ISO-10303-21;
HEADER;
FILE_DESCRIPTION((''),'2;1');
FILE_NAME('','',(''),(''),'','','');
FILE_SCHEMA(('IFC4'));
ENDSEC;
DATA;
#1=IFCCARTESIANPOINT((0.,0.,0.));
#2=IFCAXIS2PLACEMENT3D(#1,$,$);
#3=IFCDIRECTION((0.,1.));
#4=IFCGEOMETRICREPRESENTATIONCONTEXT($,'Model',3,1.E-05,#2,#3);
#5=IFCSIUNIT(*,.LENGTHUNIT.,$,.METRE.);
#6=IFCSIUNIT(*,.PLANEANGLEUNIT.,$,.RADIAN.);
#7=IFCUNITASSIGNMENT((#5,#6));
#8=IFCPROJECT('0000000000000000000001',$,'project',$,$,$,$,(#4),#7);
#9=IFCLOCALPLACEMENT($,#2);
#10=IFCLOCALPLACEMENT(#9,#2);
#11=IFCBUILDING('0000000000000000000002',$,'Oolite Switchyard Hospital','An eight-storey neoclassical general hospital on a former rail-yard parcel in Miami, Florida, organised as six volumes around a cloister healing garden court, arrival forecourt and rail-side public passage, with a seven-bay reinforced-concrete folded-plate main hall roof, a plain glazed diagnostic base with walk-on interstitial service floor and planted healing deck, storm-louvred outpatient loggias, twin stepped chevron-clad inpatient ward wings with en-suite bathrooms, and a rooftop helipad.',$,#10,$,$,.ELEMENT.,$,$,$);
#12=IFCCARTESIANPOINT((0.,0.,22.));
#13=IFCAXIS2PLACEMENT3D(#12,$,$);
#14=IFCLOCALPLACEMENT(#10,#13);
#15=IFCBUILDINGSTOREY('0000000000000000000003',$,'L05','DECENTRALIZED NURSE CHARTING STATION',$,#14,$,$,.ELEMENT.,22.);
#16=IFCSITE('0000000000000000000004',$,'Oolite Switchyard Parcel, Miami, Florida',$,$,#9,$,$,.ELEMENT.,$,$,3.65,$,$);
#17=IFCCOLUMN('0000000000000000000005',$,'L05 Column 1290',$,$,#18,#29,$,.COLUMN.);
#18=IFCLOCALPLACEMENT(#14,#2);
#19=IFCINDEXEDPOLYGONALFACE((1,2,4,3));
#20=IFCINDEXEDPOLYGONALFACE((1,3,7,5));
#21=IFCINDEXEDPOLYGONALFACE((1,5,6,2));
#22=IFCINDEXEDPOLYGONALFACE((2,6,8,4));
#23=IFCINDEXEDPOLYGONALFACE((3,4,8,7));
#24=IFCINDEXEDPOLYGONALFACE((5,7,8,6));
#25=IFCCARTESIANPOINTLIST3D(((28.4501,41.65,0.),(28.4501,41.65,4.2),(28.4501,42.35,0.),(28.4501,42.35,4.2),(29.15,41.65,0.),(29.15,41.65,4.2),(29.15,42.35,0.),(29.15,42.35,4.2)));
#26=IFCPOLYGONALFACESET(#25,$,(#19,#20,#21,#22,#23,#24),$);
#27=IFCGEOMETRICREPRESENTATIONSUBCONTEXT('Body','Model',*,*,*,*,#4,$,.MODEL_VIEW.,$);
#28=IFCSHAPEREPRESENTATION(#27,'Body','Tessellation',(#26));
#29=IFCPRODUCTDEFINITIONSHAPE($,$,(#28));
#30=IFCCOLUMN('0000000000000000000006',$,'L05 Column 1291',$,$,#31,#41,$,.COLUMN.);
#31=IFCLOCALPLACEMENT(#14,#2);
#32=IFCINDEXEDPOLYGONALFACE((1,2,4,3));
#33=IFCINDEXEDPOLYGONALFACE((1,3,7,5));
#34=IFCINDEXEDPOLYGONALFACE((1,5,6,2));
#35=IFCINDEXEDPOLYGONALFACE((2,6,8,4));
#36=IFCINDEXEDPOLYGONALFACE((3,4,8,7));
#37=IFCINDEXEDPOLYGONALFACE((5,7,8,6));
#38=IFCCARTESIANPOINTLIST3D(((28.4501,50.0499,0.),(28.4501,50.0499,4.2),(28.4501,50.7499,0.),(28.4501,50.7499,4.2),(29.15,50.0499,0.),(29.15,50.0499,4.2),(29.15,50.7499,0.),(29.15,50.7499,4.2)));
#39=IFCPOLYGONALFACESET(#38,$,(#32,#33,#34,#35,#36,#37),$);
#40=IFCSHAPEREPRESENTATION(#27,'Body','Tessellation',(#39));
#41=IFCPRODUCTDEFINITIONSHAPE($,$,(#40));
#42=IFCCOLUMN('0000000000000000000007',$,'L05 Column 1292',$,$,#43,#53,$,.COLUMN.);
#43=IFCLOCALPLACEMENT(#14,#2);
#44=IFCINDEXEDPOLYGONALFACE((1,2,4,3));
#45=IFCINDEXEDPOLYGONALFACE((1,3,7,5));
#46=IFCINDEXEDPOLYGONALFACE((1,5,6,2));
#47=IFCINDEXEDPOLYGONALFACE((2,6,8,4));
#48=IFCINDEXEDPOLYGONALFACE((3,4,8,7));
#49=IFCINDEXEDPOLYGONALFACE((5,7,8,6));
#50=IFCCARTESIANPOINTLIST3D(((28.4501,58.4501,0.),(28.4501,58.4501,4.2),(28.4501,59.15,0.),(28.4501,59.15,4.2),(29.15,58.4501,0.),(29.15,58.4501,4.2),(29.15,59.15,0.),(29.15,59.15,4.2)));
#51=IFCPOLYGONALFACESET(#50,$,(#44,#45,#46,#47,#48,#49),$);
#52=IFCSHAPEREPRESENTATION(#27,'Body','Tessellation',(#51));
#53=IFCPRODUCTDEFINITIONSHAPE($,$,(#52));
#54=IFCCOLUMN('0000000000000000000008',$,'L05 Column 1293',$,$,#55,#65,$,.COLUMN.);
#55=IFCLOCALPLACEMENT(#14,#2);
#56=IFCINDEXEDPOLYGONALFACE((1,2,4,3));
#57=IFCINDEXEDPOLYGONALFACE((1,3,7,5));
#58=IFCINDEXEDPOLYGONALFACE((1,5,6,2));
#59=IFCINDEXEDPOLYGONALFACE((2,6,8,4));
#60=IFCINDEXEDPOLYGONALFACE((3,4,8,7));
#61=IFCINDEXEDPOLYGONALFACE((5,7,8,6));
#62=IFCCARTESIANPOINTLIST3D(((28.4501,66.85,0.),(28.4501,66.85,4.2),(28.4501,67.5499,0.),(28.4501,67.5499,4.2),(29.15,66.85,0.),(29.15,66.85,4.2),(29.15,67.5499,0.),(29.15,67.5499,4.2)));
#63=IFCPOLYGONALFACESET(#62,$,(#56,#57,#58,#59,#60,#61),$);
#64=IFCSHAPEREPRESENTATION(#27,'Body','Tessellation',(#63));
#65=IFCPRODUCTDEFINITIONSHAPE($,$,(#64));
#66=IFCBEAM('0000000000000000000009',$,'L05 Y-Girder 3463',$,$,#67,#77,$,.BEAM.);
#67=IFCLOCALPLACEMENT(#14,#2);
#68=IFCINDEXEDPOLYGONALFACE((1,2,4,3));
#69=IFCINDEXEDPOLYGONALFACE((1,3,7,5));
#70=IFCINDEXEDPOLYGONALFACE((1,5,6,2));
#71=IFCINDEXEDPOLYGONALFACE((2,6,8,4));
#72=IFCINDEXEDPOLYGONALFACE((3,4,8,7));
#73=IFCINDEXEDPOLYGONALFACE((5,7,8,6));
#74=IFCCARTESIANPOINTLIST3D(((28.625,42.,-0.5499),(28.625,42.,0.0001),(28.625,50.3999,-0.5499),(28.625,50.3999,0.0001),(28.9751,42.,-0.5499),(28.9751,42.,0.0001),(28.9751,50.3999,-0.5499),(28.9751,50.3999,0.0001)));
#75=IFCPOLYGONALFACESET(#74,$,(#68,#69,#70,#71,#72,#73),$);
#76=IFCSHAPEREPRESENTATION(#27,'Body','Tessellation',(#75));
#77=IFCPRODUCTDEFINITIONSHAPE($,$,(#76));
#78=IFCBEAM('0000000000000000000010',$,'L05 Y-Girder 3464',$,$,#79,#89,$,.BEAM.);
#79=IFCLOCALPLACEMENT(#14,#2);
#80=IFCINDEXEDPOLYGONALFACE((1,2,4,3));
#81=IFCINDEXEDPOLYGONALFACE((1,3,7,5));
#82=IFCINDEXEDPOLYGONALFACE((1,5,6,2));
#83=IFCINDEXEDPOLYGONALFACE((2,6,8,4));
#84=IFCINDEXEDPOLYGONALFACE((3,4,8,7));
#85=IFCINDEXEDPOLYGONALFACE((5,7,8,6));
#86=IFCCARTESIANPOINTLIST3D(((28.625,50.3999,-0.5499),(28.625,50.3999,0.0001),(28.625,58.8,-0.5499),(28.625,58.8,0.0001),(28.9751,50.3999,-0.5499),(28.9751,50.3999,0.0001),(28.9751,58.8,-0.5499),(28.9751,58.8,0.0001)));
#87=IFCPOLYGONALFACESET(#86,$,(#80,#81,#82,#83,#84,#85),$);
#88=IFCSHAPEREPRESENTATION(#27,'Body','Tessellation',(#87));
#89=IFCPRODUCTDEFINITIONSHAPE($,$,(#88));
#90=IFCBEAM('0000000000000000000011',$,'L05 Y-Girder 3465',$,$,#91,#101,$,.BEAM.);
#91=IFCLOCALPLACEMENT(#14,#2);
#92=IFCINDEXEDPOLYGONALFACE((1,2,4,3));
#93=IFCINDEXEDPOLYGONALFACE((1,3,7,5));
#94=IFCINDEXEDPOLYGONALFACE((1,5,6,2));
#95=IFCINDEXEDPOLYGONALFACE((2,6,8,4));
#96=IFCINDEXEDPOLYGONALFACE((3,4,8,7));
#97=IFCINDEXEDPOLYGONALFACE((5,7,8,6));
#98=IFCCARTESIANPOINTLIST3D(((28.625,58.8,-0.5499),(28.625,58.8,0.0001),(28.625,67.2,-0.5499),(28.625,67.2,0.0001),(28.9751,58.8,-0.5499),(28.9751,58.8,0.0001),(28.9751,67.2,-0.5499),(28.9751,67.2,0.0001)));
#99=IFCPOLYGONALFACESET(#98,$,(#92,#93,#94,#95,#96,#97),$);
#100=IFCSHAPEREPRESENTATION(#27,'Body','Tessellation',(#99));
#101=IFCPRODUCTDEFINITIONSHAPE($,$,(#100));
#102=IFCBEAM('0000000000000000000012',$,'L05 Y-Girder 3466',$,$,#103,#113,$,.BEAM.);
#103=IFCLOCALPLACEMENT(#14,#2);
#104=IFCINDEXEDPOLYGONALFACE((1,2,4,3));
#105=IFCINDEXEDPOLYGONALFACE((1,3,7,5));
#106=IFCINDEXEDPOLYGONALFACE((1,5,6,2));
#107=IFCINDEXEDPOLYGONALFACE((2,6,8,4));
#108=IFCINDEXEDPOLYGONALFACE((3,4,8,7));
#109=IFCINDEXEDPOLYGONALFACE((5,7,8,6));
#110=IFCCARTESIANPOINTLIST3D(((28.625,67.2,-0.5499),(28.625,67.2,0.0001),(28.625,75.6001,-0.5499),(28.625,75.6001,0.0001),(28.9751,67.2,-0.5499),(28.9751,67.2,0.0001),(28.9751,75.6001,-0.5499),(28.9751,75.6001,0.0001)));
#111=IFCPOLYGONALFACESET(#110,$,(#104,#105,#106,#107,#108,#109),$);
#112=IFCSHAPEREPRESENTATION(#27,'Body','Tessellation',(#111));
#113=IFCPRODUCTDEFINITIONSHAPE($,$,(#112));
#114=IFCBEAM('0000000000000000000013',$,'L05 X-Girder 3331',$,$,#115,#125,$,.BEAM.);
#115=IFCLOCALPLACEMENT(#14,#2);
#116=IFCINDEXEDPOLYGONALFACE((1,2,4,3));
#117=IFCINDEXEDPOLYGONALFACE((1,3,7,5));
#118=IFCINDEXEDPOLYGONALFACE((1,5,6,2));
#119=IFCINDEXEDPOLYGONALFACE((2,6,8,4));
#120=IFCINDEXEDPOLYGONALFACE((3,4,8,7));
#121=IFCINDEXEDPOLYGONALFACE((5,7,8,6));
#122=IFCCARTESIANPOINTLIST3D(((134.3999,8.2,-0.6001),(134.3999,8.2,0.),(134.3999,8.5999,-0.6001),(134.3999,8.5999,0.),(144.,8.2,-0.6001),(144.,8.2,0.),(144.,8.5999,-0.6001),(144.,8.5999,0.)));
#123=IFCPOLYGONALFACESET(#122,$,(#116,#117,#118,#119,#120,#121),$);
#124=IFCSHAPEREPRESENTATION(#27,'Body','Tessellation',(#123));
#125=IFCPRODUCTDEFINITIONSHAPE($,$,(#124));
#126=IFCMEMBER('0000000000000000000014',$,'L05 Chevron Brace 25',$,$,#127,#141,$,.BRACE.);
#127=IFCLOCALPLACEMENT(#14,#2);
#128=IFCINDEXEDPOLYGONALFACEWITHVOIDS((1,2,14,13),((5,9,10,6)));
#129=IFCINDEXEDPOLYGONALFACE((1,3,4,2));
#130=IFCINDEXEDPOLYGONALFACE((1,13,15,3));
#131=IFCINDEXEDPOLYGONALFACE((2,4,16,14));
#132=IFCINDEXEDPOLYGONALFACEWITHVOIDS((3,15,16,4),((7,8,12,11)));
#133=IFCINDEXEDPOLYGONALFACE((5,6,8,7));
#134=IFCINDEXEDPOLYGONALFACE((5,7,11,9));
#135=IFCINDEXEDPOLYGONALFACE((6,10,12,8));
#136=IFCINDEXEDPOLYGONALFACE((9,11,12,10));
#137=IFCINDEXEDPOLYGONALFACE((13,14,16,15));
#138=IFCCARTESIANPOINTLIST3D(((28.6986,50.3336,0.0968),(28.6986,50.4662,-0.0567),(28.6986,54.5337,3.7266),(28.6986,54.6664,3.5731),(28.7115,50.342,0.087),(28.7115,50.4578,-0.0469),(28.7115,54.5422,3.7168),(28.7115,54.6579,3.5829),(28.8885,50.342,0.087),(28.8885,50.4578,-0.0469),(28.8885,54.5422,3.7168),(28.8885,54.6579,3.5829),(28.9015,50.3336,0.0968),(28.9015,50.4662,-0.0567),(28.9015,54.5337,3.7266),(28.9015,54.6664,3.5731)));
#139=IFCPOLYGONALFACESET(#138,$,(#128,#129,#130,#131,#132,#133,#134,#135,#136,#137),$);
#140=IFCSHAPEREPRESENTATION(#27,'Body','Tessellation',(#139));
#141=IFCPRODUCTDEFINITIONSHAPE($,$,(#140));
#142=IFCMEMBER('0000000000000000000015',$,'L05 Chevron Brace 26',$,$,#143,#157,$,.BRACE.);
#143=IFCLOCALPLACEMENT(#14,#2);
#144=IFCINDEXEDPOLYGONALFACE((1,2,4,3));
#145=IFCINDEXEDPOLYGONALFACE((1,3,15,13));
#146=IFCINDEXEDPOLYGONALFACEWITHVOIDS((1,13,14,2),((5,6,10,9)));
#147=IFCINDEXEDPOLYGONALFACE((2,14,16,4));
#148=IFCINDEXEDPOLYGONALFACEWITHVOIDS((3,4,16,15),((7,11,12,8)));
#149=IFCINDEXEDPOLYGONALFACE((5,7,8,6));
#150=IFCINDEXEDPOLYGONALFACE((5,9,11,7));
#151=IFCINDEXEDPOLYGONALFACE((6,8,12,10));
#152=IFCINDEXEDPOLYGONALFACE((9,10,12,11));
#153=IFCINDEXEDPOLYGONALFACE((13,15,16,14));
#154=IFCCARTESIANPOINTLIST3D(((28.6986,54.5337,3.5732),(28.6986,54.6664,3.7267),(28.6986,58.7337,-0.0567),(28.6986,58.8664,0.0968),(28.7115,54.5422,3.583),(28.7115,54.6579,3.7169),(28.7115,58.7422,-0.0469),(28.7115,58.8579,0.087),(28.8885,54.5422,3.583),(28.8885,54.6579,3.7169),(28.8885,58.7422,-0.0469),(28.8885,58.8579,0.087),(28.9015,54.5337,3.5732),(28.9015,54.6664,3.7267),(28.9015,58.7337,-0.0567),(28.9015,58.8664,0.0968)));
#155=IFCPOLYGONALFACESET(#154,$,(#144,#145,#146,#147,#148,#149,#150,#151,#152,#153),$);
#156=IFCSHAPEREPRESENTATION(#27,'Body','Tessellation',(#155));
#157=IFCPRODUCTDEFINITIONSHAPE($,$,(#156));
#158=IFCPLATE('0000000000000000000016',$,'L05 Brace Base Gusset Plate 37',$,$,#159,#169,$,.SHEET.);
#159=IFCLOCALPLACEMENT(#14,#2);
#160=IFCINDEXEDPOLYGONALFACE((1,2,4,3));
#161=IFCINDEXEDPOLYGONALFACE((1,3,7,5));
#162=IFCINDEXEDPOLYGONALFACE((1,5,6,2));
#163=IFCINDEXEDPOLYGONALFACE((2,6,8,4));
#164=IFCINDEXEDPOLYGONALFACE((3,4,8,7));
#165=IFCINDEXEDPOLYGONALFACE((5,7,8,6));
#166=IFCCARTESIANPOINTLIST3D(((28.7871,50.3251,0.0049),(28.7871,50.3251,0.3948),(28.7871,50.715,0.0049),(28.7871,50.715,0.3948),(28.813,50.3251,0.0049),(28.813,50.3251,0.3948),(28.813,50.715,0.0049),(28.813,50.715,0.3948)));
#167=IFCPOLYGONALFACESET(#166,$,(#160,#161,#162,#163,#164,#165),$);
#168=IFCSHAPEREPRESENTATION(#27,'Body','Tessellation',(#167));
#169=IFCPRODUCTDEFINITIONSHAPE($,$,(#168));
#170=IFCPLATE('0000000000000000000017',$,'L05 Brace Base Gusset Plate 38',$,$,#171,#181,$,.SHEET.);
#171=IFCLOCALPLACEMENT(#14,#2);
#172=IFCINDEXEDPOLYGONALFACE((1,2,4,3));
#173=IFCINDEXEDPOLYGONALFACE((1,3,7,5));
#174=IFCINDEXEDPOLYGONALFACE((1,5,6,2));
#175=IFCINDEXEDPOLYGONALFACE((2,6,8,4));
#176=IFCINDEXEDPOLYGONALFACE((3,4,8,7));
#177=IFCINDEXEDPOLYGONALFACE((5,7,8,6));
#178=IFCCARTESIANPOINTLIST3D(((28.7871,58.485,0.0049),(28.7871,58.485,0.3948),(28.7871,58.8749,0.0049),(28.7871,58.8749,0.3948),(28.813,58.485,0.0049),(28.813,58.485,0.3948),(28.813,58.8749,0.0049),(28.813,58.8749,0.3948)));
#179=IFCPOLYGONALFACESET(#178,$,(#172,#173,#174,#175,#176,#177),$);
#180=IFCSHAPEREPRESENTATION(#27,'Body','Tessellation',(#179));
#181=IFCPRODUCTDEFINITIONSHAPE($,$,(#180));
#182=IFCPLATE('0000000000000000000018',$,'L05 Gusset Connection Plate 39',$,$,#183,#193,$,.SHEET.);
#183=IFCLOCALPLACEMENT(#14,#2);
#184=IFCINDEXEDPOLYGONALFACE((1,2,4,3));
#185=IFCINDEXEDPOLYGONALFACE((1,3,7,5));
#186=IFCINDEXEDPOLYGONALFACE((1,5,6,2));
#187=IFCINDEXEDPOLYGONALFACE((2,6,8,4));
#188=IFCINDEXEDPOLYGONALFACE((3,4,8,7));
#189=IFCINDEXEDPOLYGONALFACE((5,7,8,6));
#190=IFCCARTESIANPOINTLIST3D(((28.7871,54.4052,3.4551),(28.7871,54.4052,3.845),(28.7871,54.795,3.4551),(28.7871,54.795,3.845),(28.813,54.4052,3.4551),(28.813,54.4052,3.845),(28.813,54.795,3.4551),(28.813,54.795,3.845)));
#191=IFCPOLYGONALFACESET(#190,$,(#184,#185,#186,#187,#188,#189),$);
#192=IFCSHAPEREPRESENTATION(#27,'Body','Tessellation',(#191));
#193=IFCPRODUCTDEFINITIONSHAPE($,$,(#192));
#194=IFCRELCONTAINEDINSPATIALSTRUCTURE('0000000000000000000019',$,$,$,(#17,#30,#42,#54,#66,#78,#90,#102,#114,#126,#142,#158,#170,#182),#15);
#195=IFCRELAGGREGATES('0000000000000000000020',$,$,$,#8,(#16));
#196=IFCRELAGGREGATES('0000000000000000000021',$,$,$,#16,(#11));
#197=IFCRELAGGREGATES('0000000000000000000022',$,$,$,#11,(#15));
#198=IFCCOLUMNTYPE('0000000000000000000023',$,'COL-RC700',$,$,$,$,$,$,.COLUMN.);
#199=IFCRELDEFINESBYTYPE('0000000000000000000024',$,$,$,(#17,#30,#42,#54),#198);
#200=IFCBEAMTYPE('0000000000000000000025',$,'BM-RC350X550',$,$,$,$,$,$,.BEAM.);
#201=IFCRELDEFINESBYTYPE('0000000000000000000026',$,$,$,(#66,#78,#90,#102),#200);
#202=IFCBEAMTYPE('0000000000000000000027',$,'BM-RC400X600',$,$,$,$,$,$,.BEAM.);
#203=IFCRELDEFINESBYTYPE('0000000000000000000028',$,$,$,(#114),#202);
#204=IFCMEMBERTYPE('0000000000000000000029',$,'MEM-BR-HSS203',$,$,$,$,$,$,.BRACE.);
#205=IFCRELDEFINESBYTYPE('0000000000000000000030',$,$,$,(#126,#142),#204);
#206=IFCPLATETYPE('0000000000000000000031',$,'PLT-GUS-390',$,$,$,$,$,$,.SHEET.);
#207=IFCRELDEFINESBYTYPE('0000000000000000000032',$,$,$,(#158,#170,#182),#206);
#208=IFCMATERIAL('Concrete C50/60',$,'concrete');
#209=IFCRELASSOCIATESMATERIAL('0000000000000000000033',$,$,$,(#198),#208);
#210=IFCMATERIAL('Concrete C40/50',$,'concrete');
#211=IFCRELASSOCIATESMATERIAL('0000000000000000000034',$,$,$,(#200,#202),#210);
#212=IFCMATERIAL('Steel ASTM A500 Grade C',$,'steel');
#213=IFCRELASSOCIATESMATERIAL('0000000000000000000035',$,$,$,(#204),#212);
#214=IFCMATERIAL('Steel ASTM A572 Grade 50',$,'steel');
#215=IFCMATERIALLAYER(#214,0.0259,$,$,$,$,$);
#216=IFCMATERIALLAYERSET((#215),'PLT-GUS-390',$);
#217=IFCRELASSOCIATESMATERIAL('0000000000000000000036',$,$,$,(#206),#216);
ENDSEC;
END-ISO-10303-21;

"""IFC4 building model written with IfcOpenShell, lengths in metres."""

from ifc_helpers import new_model, si_unit, direction, frame, origin, origin_2d, place, context, subcontext, project, spatial, rectangle, hollow_rectangle, extrude, material, layer, layer_set, material_profile, profile_set, type_object, element, save


model = new_model("IFC4")

# Units and contexts
model_context = context("Model", 3, precision=1e-05, world=origin(), true_north=direction((0.0, 1.0)))
body_context = subcontext(model_context, "Body", "Model", "MODEL_VIEW")
ifc_project = project(units=[si_unit("LENGTHUNIT", "METRE"), si_unit("PLANEANGLEUNIT", "RADIAN")], contexts=[model_context])

# Site, building, storey
site_placement = place(None, origin())
site = spatial("IfcSite", under=ifc_project, at=site_placement, Name="Oolite Switchyard Parcel, Miami, Florida", CompositionType="ELEMENT", RefElevation=3.65)
building_placement = place(site_placement, origin())
building = spatial("IfcBuilding", under=site, at=building_placement, Name="Oolite Switchyard Hospital", Description="An eight-storey neoclassical general hospital on a former rail-yard parcel in Miami, Florida, organised as six volumes around a cloister healing garden court, arrival forecourt and rail-side public passage, with a seven-bay reinforced-concrete folded-plate main hall roof, a plain glazed diagnostic base with walk-on interstitial service floor and planted healing deck, storm-louvred outpatient loggias, twin stepped chevron-clad inpatient ward wings with en-suite bathrooms, and a rooftop helipad.", CompositionType="ELEMENT")
storey_placement = place(building_placement, frame((0.0, 0.0, 22.0)))
storey = spatial("IfcBuildingStorey", under=building, at=storey_placement, Name="L05", Description="DECENTRALIZED NURSE CHARTING STATION", CompositionType="ELEMENT", Elevation=22.0)

# Columns
ifc_material_1 = material(Name="Concrete C50/60", Category="concrete")
ifc_material_profile_1 = material_profile(ifc_material_1, rectangle(XDim=0.7, YDim=0.7, at=origin_2d()), Name="RC700X700")
ifc_profile_set_1 = profile_set([ifc_material_profile_1], Name="Concrete C50/60")
column_type = type_object("IfcColumnType", Name="COL-RC700", PredefinedType="COLUMN", material=ifc_profile_set_1)
for number, where, z_axis, x_axis, name in (
    (1, (28.8, 42.0, 0.0), (0.0, 0.0, 1.0), (1.0, 0.0, 0.0), "L05 Column 1290"),
    (2, (28.8, 50.3999, 0.0), (0.0, 0.0, 1.0), (1.0, 0.0, 0.0), "L05 Column 1291"),
    (3, (28.8, 58.8, 0.0), (0.0, 0.0, 1.0), (1.0, 0.0, 0.0), "L05 Column 1292"),
    (4, (28.8, 67.2, 0.0), (0.0, 0.0, 1.0), (1.0, 0.0, 0.0), "L05 Column 1293"),
):
    element("IfcColumn", number, at=place(storey_placement, frame(where, z_axis=z_axis, x_axis=x_axis)), inside=storey, type_object=column_type, Name=name, PredefinedType="COLUMN", context=body_context, shape_type="SweptSolid", body=[
        extrude(rectangle(XDim=0.7, YDim=0.7, at=origin_2d()), origin(), (0.0, 0.0, 1.0), 4.2),
    ])

# Beams
ifc_material_2 = material(Name="Concrete C40/50", Category="concrete")
ifc_material_profile_2 = material_profile(ifc_material_2, rectangle(XDim=0.3501, YDim=0.55, at=origin_2d()), Name="RCB350X550")
ifc_profile_set_2 = profile_set([ifc_material_profile_2], Name="Concrete C40/50")
beam_type_1 = type_object("IfcBeamType", Name="BM-RC350X550", PredefinedType="BEAM", material=ifc_profile_set_2)
beam_1_placement = place(storey_placement, frame((28.8, 42.0, -0.2749), z_axis=(0.0, 1.0, 0.0), x_axis=(-1.0, 0.0, 0.0)))
element("IfcBeam", 5, at=beam_1_placement, inside=storey, type_object=beam_type_1, Name="L05 Y-Girder 3463", PredefinedType="BEAM", context=body_context, shape_type="SweptSolid", body=[
    extrude(rectangle(XDim=0.3501, YDim=0.55, at=origin_2d()), origin(), (0.0, 0.0, 1.0), 8.3999),
])
beam_2_placement = place(storey_placement, frame((28.8, 50.3999, -0.2749), z_axis=(0.0, 1.0, 0.0), x_axis=(-1.0, 0.0, 0.0)))
element("IfcBeam", 6, at=beam_2_placement, inside=storey, type_object=beam_type_1, Name="L05 Y-Girder 3464", PredefinedType="BEAM", context=body_context, shape_type="SweptSolid", body=[
    extrude(rectangle(XDim=0.3501, YDim=0.55, at=origin_2d()), origin(), (0.0, 0.0, 1.0), 8.4001),
])
beam_3_placement = place(storey_placement, frame((28.8, 58.8, -0.2749), z_axis=(0.0, 1.0, 0.0), x_axis=(-1.0, 0.0, 0.0)))
element("IfcBeam", 7, at=beam_3_placement, inside=storey, type_object=beam_type_1, Name="L05 Y-Girder 3465", PredefinedType="BEAM", context=body_context, shape_type="SweptSolid", body=[
    extrude(rectangle(XDim=0.3501, YDim=0.55, at=origin_2d()), origin(), (0.0, 0.0, 1.0), 8.3999),
])
beam_4_placement = place(storey_placement, frame((28.8, 67.2, -0.2749), z_axis=(0.0, 1.0, 0.0), x_axis=(-1.0, 0.0, 0.0)))
element("IfcBeam", 8, at=beam_4_placement, inside=storey, type_object=beam_type_1, Name="L05 Y-Girder 3466", PredefinedType="BEAM", context=body_context, shape_type="SweptSolid", body=[
    extrude(rectangle(XDim=0.3501, YDim=0.55, at=origin_2d()), origin(), (0.0, 0.0, 1.0), 8.4001),
])
ifc_material_profile_3 = material_profile(ifc_material_2, rectangle(XDim=0.3999, YDim=0.6001, at=origin_2d()), Name="RCB400X600")
ifc_profile_set_3 = profile_set([ifc_material_profile_3], Name="Concrete C40/50")
beam_type_2 = type_object("IfcBeamType", Name="BM-RC400X600", PredefinedType="BEAM", material=ifc_profile_set_3)
beam_5_placement = place(storey_placement, frame((134.3999, 8.3999, -0.3), z_axis=(1.0, 0.0, 0.0), x_axis=(0.0, 1.0, 0.0)))
element("IfcBeam", 9, at=beam_5_placement, inside=storey, type_object=beam_type_2, Name="L05 X-Girder 3331", PredefinedType="BEAM", context=body_context, shape_type="SweptSolid", body=[
    extrude(rectangle(XDim=0.3999, YDim=0.6001, at=origin_2d()), origin(), (0.0, 0.0, 1.0), 9.6001),
])

# Members
ifc_material_3 = material(Name="Steel ASTM A500 Grade C", Category="steel")
ifc_material_profile_4 = material_profile(ifc_material_3, hollow_rectangle(XDim=0.2029, YDim=0.2029, WallThickness=0.0129, at=origin_2d()), Name="HSS203X203X13")
ifc_profile_set_4 = profile_set([ifc_material_profile_4], Name="Steel ASTM A500 Grade C")
member_type = type_object("IfcMemberType", Name="MEM-BR-HSS203", PredefinedType="BRACE", material=ifc_profile_set_4)
for number, where, z_axis, x_axis, name in (
    (10, (28.8, 50.3999, 0.02), (0.0, 0.756605, 0.653872), (-1.0, 0.0, 0.0), "L05 Chevron Brace 25"),
    (11, (28.8, 58.8, 0.02), (0.0, -0.756587, 0.653893), (1.0, 0.0, 0.0), "L05 Chevron Brace 26"),
):
    element("IfcMember", number, at=place(storey_placement, frame(where, z_axis=z_axis, x_axis=x_axis)), inside=storey, type_object=member_type, Name=name, PredefinedType="BRACE", context=body_context, shape_type="SweptSolid", body=[
        extrude(hollow_rectangle(XDim=0.2029, YDim=0.2029, WallThickness=0.0129, at=origin_2d()), origin(), (0.0, 0.0, 1.0), 5.5513),
    ])

# Plates
ifc_material_4 = material(Name="Steel ASTM A572 Grade 50", Category="steel")
ifc_layer_1 = layer(ifc_material_4, 0.0259)
ifc_layer_set_1 = layer_set([ifc_layer_1], Name="PLT-GUS-390")
plate_type = type_object("IfcPlateType", Name="PLT-GUS-390", PredefinedType="SHEET", material=ifc_layer_set_1)
for number, where, z_axis, x_axis, name in (
    (12, (28.8, 50.52, 0.0049), (0.0, 0.0, 1.0), (0.0, 1.0, 0.0), "L05 Brace Base Gusset Plate 37"),
    (13, (28.8, 58.6799, 0.0049), (0.0, 0.0, 1.0), (0.0, 1.0, 0.0), "L05 Brace Base Gusset Plate 38"),
    (14, (28.8, 54.6001, 3.4551), (0.0, 0.0, 1.0), (0.0, 1.0, 0.0), "L05 Gusset Connection Plate 39"),
):
    element("IfcPlate", number, at=place(storey_placement, frame(where, z_axis=z_axis, x_axis=x_axis)), inside=storey, type_object=plate_type, Name=name, PredefinedType="SHEET", context=body_context, shape_type="SweptSolid", body=[
        extrude(rectangle(XDim=0.3899, YDim=0.0259, at=origin_2d()), origin(), (0.0, 0.0, 1.0), 0.3899),
    ])

save(model, "model.ifc")
